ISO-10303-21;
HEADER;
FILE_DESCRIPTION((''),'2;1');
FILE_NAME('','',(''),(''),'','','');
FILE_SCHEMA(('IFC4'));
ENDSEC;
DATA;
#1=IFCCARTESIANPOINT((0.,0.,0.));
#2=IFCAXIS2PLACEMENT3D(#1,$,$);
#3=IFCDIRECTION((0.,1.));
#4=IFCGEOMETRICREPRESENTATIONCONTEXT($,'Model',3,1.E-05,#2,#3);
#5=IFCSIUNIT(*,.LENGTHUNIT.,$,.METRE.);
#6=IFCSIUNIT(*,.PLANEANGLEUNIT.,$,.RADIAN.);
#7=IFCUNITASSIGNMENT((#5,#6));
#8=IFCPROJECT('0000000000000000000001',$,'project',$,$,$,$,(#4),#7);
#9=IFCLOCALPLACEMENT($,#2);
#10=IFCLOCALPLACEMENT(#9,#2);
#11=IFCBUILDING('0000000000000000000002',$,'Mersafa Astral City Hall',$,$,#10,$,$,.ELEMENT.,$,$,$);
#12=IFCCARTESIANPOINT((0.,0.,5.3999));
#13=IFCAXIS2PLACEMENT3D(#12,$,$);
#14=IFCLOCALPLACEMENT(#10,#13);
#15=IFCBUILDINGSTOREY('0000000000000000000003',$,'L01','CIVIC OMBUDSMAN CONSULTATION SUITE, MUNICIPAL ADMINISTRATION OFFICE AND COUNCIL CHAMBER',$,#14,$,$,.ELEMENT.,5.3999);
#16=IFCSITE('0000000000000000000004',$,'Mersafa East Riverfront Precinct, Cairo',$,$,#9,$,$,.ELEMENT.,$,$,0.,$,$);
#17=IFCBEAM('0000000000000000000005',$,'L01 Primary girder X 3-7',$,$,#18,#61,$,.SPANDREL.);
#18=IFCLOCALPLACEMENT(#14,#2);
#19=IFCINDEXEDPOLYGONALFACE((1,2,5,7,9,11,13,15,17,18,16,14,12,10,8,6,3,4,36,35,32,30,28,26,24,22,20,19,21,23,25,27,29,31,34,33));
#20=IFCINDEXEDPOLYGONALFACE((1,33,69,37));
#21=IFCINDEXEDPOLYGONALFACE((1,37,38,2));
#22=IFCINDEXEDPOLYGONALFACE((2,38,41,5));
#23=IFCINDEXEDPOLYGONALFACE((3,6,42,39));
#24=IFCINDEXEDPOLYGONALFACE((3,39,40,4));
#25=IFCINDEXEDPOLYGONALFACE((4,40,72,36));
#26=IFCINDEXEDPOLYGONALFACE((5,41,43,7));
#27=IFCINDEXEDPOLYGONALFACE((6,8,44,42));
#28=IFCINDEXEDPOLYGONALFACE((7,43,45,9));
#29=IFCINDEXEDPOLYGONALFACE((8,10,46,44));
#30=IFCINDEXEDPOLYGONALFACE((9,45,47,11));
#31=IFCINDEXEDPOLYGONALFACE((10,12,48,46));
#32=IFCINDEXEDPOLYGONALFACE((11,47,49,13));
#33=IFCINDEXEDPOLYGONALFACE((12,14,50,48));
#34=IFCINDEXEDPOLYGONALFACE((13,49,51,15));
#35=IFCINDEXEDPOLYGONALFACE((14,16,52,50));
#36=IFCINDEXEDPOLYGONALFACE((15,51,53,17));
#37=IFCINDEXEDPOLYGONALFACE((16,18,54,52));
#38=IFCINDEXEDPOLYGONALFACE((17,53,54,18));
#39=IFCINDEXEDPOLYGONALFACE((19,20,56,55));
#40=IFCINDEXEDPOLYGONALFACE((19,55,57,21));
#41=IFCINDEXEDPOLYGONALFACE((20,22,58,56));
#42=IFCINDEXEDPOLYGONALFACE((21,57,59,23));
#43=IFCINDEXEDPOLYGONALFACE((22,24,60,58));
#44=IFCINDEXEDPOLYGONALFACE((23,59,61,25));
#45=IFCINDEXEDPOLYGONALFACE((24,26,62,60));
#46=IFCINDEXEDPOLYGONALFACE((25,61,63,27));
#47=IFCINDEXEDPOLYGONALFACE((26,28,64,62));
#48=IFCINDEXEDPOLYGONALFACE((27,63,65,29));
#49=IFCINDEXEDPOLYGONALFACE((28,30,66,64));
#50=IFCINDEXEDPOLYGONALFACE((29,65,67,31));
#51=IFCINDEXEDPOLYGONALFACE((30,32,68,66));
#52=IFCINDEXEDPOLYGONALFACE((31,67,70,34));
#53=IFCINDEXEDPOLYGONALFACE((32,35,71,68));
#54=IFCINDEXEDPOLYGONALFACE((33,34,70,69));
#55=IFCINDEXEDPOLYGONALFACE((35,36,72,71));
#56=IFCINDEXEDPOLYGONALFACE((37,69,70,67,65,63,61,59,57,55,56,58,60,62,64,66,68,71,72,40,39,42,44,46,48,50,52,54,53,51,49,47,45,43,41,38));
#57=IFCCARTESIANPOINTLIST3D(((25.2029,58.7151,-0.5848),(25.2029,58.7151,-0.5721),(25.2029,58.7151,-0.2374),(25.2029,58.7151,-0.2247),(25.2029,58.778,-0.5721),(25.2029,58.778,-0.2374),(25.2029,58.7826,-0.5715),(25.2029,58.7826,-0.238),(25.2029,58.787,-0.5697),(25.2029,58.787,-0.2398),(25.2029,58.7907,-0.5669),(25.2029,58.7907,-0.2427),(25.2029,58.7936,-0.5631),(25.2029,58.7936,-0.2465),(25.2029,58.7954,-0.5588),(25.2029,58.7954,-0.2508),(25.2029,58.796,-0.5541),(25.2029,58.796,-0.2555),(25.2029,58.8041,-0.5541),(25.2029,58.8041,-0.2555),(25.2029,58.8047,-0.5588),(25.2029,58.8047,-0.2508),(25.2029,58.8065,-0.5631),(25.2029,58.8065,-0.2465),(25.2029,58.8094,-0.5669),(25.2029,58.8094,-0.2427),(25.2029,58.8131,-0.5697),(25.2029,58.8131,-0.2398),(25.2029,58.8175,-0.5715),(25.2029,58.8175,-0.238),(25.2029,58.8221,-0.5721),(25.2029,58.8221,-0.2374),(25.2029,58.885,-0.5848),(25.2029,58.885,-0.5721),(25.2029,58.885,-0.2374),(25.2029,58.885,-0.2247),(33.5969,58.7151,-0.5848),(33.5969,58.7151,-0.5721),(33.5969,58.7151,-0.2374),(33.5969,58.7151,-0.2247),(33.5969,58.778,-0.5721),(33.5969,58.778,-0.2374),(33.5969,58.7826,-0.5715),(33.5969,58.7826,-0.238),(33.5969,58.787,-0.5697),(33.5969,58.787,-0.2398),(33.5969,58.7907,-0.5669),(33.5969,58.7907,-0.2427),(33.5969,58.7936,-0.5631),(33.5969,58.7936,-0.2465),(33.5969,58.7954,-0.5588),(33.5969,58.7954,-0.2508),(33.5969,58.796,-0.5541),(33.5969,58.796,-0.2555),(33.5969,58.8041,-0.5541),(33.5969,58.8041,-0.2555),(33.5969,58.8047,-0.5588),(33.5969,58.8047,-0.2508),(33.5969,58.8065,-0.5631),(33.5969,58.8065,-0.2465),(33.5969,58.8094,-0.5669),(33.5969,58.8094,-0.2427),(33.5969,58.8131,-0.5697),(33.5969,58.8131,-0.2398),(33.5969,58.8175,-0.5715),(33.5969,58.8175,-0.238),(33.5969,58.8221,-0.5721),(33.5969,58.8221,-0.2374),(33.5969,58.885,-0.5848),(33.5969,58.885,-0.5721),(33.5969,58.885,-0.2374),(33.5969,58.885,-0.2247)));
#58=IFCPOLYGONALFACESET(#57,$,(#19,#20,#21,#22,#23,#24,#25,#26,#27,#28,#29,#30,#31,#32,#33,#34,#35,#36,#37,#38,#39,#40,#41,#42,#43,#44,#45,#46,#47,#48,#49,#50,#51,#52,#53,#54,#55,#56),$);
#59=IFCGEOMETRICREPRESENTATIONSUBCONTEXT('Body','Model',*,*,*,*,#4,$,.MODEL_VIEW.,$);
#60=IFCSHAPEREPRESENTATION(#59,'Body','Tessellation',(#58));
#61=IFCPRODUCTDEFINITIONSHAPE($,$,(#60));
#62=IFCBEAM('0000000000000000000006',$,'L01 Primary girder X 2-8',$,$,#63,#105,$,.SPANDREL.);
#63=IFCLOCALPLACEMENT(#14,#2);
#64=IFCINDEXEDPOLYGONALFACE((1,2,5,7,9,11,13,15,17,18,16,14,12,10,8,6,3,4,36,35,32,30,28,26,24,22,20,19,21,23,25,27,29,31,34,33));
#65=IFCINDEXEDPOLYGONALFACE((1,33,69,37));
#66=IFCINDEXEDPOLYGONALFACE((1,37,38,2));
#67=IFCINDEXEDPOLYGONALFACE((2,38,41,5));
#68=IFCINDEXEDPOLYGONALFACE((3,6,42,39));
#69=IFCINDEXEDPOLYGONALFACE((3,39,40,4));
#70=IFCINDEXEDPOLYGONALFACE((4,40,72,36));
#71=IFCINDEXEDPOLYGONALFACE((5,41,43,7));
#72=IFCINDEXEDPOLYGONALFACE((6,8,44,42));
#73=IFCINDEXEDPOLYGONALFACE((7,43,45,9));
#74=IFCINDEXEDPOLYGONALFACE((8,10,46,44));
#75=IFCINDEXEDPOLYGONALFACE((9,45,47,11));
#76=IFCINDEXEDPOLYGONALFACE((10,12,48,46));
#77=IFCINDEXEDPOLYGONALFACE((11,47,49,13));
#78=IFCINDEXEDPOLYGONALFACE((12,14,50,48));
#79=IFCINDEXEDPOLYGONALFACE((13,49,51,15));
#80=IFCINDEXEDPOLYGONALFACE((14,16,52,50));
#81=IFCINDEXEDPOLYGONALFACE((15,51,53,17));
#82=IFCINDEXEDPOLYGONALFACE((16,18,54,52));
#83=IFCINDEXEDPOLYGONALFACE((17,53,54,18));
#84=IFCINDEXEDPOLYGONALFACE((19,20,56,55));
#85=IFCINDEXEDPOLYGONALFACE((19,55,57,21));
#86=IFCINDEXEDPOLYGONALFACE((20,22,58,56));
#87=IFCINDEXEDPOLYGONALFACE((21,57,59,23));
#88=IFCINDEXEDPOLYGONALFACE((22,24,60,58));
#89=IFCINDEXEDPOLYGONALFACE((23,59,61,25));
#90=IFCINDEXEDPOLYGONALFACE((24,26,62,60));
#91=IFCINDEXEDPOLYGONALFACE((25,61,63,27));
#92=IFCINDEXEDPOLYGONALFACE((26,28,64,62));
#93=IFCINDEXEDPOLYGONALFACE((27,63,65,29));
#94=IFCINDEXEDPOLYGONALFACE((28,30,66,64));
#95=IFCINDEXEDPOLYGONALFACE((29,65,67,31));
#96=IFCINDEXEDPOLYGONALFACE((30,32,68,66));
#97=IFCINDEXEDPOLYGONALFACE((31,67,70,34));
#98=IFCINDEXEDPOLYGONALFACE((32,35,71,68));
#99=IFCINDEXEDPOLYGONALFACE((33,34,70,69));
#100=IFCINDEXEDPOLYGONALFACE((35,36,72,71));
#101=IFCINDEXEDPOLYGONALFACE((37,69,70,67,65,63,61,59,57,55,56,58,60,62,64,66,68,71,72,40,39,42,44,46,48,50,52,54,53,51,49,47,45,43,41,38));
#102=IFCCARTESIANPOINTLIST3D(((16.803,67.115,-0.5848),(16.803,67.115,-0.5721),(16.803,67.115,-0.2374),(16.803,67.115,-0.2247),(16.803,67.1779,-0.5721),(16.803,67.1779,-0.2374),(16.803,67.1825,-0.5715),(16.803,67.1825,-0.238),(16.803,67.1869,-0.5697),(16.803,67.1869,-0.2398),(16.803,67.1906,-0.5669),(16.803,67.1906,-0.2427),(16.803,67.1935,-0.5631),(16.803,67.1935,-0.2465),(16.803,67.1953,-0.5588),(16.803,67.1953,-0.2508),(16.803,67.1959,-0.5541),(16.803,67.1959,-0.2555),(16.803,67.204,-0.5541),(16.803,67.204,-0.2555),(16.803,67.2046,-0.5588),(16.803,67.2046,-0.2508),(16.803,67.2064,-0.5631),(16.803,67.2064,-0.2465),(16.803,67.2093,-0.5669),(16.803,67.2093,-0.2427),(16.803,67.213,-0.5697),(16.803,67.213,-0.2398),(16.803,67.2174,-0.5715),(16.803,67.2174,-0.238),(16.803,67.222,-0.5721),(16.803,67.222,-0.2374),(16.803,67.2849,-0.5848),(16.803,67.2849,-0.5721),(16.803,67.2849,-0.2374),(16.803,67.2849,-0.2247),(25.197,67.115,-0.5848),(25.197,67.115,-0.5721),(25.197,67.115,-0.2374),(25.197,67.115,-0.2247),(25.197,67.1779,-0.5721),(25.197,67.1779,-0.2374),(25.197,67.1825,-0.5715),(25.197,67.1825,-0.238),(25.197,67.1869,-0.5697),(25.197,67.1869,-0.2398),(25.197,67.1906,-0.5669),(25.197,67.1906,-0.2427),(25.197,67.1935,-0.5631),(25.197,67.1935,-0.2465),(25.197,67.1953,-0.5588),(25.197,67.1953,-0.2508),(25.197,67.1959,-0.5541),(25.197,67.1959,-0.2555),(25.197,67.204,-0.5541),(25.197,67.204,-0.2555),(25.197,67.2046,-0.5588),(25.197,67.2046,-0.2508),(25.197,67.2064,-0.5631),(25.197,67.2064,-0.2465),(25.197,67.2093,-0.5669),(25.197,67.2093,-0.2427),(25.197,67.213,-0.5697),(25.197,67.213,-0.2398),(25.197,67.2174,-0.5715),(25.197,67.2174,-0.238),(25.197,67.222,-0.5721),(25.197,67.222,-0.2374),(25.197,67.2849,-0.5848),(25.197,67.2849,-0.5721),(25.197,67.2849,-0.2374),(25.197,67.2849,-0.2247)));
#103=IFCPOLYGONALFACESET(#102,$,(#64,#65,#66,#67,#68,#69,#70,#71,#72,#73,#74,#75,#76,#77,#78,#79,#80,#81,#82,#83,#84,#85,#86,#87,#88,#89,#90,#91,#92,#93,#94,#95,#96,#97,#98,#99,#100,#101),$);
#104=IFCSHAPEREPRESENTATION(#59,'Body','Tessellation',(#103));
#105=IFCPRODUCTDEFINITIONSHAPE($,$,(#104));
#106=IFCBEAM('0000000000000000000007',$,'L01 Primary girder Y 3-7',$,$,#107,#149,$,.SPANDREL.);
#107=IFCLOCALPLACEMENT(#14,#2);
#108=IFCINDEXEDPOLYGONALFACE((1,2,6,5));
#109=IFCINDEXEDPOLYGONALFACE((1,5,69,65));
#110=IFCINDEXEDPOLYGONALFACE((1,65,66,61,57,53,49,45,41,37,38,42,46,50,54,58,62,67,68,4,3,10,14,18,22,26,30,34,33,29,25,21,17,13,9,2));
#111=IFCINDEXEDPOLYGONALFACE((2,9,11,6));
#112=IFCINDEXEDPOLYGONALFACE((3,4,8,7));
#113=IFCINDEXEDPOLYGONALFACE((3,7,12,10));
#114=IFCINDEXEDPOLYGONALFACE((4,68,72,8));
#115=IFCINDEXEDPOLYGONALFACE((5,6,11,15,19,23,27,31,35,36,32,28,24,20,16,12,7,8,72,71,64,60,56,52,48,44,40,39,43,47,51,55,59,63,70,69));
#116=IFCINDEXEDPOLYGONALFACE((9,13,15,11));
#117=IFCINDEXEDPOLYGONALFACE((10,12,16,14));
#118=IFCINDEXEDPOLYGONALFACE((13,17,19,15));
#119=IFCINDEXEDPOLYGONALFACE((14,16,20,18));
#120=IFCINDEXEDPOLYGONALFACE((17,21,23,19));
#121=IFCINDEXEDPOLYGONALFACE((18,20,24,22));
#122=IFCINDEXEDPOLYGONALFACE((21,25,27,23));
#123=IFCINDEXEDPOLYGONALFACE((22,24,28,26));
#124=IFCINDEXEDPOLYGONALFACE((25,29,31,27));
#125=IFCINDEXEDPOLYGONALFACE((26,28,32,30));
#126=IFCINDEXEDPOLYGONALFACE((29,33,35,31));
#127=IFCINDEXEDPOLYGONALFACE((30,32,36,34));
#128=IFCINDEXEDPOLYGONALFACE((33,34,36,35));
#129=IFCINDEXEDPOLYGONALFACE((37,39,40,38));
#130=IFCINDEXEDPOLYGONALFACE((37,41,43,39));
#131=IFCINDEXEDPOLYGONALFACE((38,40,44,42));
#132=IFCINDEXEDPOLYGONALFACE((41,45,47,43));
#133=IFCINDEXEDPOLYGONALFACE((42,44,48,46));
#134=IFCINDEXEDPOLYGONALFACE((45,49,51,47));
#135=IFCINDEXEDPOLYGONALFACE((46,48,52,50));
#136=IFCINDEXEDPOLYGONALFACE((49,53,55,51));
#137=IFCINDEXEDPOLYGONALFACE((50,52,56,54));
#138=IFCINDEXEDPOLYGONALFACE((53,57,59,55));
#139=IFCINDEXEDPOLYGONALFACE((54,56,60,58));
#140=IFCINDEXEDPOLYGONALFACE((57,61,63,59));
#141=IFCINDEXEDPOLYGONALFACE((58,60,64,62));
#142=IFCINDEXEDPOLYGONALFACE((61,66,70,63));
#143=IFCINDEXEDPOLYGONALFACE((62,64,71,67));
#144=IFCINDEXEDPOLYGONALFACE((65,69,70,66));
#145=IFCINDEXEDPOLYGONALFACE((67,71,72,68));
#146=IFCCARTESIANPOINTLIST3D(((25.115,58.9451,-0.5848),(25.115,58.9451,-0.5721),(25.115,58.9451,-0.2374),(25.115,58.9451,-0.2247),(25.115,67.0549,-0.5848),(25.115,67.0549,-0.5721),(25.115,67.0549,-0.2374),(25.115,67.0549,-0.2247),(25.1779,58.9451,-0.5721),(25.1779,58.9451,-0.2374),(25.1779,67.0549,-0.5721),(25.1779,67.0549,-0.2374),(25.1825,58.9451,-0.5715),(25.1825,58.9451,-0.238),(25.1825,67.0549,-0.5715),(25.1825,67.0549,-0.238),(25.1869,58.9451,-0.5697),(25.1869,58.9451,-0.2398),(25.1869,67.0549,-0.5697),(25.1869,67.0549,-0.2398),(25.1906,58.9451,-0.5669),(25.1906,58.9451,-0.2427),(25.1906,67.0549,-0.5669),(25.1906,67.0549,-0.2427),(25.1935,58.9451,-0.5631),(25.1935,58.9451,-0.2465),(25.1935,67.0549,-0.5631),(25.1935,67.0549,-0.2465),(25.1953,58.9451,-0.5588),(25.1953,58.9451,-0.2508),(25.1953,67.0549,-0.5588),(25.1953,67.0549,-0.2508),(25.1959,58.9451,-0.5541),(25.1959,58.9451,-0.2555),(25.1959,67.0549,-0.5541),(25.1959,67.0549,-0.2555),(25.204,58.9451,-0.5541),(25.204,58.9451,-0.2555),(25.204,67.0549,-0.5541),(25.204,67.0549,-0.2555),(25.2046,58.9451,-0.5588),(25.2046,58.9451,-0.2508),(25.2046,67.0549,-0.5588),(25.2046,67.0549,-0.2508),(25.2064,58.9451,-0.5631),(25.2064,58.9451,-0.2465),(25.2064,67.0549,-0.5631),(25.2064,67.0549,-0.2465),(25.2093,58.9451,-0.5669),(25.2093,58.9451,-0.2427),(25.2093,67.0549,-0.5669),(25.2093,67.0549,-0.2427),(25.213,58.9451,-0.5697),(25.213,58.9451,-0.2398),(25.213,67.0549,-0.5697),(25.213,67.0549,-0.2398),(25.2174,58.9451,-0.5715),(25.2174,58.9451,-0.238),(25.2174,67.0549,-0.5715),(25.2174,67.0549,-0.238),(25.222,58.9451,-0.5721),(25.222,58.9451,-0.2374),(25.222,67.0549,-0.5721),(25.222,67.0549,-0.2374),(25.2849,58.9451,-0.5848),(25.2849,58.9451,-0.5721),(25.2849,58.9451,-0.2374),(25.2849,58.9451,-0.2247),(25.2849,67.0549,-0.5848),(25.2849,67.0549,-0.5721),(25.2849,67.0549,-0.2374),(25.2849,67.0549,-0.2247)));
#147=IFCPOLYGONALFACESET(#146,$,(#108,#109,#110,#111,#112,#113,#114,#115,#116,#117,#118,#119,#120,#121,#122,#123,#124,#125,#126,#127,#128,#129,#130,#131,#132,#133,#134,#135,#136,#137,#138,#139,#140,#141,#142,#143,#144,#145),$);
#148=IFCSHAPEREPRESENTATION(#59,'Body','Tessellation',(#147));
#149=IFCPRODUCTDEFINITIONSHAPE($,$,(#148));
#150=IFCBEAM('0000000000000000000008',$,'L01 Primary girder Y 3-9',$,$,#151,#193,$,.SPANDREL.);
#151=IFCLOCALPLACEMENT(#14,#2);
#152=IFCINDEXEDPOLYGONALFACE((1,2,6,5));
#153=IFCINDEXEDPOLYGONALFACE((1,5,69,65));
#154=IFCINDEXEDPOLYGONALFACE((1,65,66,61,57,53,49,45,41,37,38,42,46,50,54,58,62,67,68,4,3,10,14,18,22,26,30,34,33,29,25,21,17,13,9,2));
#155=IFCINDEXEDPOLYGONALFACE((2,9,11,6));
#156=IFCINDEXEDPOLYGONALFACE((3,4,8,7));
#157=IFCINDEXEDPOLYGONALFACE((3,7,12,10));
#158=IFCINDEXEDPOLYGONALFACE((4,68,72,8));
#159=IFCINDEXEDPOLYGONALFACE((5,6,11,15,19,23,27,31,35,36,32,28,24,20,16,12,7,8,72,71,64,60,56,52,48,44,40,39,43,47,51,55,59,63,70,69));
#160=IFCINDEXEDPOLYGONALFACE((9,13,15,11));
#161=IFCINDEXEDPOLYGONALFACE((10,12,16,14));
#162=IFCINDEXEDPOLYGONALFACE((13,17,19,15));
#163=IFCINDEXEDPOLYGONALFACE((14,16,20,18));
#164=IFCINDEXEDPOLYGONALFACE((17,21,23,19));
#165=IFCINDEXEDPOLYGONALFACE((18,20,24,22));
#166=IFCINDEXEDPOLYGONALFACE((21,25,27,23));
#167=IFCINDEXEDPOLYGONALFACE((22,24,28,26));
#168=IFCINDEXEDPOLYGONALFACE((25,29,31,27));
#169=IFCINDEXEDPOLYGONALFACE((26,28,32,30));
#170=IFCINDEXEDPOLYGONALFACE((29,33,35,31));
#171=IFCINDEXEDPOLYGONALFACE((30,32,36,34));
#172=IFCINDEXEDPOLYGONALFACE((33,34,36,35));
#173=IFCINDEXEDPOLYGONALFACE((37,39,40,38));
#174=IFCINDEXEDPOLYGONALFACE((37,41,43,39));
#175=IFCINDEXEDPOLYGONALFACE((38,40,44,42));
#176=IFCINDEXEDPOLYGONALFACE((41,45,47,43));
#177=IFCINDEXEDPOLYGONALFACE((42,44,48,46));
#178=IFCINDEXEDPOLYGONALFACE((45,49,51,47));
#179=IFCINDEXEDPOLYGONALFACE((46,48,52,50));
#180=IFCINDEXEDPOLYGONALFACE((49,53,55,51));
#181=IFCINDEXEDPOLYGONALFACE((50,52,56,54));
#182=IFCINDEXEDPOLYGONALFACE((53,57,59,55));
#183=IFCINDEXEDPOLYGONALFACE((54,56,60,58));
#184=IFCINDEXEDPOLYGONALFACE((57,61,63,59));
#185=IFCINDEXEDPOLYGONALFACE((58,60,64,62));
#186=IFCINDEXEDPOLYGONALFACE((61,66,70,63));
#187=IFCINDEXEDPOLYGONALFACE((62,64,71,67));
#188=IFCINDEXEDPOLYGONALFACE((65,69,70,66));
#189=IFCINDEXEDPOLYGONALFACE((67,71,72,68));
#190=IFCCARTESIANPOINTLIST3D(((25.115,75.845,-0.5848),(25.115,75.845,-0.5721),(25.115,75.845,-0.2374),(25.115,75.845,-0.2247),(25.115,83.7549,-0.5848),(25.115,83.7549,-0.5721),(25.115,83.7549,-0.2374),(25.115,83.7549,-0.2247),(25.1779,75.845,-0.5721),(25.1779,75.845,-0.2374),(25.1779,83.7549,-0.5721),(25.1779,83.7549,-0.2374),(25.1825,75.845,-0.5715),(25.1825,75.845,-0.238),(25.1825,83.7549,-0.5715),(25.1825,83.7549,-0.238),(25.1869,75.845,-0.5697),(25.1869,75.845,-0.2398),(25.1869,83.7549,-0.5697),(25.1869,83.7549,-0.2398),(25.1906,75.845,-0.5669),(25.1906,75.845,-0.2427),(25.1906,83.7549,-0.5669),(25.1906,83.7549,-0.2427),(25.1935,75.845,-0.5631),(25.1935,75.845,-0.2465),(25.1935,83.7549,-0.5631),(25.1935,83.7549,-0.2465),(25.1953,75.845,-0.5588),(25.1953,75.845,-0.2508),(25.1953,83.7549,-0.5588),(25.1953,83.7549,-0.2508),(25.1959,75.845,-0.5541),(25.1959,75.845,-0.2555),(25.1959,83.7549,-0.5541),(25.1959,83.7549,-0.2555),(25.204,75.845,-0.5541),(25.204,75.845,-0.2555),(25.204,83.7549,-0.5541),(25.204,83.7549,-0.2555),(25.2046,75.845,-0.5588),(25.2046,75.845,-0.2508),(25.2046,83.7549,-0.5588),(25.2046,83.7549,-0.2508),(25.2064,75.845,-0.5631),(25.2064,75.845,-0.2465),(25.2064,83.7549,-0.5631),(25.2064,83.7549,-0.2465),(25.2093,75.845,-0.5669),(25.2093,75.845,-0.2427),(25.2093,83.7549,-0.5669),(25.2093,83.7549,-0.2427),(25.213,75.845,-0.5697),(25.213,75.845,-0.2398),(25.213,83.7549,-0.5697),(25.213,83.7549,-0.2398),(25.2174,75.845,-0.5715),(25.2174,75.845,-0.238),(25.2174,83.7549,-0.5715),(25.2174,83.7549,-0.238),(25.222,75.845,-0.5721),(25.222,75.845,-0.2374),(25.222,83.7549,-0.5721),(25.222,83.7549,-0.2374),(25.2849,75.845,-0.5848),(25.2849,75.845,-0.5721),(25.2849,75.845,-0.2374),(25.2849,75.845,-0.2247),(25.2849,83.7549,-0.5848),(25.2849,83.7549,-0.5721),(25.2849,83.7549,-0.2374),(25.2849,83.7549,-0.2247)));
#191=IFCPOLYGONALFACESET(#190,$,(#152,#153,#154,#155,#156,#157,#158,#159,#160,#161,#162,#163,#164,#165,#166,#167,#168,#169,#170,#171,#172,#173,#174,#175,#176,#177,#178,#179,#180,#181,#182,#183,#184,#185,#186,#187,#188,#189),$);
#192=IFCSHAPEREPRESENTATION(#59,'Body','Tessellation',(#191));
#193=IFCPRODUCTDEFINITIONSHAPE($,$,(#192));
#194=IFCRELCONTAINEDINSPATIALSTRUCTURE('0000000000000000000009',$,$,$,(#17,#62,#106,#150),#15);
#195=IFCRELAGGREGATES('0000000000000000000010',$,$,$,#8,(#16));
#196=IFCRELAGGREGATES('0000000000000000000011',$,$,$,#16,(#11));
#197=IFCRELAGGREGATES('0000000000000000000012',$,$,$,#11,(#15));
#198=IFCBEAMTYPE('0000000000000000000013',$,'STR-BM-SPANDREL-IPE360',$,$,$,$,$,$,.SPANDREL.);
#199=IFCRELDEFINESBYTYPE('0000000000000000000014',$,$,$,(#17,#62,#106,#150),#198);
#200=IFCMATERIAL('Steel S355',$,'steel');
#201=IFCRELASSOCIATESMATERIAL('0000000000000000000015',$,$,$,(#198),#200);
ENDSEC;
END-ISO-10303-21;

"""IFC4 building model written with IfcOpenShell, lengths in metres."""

from ifc_helpers import new_model, si_unit, direction, frame, origin, origin_2d, place, context, subcontext, project, spatial, i_section, extrude, material, material_profile, profile_set, type_object, element, save


model = new_model("IFC4")

# Units and contexts
model_context = context("Model", 3, precision=1e-05, world=origin(), true_north=direction((0.0, 1.0)))
body_context = subcontext(model_context, "Body", "Model", "MODEL_VIEW")
ifc_project = project(units=[si_unit("LENGTHUNIT", "METRE"), si_unit("PLANEANGLEUNIT", "RADIAN")], contexts=[model_context])

# Site, building, storey
site_placement = place(None, origin())
site = spatial("IfcSite", under=ifc_project, at=site_placement, Name="Mersafa East Riverfront Precinct, Cairo", CompositionType="ELEMENT", RefElevation=0.0)
building_placement = place(site_placement, origin())
building = spatial("IfcBuilding", under=site, at=building_placement, Name="Mersafa Astral City Hall", CompositionType="ELEMENT")
storey_placement = place(building_placement, frame((0.0, 0.0, 5.3999)))
storey = spatial("IfcBuildingStorey", under=building, at=storey_placement, Name="L01", Description="CIVIC OMBUDSMAN CONSULTATION SUITE, MUNICIPAL ADMINISTRATION OFFICE AND COUNCIL CHAMBER", CompositionType="ELEMENT", Elevation=5.3999)

# Shared definitions
ifc_material_1 = material(Name="Steel S355", Category="steel")

# Beams
ifc_material_profile_1 = material_profile(ifc_material_1, i_section(OverallWidth=0.1699, OverallDepth=0.3601, WebThickness=0.0081, FlangeThickness=0.0127, FilletRadius=0.0181, at=origin_2d()), Name="IPE 360")
ifc_profile_set_1 = profile_set([ifc_material_profile_1], Name="Steel S355")
beam_type_1 = type_object("IfcBeamType", Name="STR-BM-SPANDREL-IPE360", PredefinedType="SPANDREL", material=ifc_profile_set_1)
for number, where, z_axis, x_axis, name in (
    (1, (25.2029, 58.8, -0.4048), (1.0, 0.0, 0.0), (0.0, 1.0, 0.0), "L01 Primary girder X 3-7"),
    (2, (16.803, 67.2, -0.4048), (1.0, 0.0, 0.0), (0.0, 1.0, 0.0), "L01 Primary girder X 2-8"),
):
    element("IfcBeam", number, at=place(storey_placement, frame(where, z_axis=z_axis, x_axis=x_axis)), inside=storey, type_object=beam_type_1, Name=name, PredefinedType="SPANDREL", context=body_context, shape_type="SweptSolid", body=[
        extrude(i_section(OverallWidth=0.1699, OverallDepth=0.3601, WebThickness=0.0081, FlangeThickness=0.0127, FilletRadius=0.0181, at=origin_2d()), origin(), (0.0, 0.0, 1.0), 8.394),
    ])
beam_1_placement = place(storey_placement, frame((25.2, 58.9451, -0.4048), z_axis=(0.0, 1.0, 0.0), x_axis=(-1.0, 0.0, 0.0)))
element("IfcBeam", 3, at=beam_1_placement, inside=storey, type_object=beam_type_1, Name="L01 Primary girder Y 3-7", PredefinedType="SPANDREL", context=body_context, shape_type="SweptSolid", body=[
    extrude(i_section(OverallWidth=0.1699, OverallDepth=0.3601, WebThickness=0.0081, FlangeThickness=0.0127, FilletRadius=0.0181, at=origin_2d()), origin(), (0.0, 0.0, 1.0), 8.1099),
])
beam_2_placement = place(storey_placement, frame((25.2, 75.845, -0.4048), z_axis=(0.0, 1.0, 0.0), x_axis=(-1.0, 0.0, 0.0)))
element("IfcBeam", 4, at=beam_2_placement, inside=storey, type_object=beam_type_1, Name="L01 Primary girder Y 3-9", PredefinedType="SPANDREL", context=body_context, shape_type="SweptSolid", body=[
    extrude(i_section(OverallWidth=0.1699, OverallDepth=0.3601, WebThickness=0.0081, FlangeThickness=0.0127, FilletRadius=0.0181, at=origin_2d()), origin(), (0.0, 0.0, 1.0), 7.9099),
])

save(model, "model.ifc")
